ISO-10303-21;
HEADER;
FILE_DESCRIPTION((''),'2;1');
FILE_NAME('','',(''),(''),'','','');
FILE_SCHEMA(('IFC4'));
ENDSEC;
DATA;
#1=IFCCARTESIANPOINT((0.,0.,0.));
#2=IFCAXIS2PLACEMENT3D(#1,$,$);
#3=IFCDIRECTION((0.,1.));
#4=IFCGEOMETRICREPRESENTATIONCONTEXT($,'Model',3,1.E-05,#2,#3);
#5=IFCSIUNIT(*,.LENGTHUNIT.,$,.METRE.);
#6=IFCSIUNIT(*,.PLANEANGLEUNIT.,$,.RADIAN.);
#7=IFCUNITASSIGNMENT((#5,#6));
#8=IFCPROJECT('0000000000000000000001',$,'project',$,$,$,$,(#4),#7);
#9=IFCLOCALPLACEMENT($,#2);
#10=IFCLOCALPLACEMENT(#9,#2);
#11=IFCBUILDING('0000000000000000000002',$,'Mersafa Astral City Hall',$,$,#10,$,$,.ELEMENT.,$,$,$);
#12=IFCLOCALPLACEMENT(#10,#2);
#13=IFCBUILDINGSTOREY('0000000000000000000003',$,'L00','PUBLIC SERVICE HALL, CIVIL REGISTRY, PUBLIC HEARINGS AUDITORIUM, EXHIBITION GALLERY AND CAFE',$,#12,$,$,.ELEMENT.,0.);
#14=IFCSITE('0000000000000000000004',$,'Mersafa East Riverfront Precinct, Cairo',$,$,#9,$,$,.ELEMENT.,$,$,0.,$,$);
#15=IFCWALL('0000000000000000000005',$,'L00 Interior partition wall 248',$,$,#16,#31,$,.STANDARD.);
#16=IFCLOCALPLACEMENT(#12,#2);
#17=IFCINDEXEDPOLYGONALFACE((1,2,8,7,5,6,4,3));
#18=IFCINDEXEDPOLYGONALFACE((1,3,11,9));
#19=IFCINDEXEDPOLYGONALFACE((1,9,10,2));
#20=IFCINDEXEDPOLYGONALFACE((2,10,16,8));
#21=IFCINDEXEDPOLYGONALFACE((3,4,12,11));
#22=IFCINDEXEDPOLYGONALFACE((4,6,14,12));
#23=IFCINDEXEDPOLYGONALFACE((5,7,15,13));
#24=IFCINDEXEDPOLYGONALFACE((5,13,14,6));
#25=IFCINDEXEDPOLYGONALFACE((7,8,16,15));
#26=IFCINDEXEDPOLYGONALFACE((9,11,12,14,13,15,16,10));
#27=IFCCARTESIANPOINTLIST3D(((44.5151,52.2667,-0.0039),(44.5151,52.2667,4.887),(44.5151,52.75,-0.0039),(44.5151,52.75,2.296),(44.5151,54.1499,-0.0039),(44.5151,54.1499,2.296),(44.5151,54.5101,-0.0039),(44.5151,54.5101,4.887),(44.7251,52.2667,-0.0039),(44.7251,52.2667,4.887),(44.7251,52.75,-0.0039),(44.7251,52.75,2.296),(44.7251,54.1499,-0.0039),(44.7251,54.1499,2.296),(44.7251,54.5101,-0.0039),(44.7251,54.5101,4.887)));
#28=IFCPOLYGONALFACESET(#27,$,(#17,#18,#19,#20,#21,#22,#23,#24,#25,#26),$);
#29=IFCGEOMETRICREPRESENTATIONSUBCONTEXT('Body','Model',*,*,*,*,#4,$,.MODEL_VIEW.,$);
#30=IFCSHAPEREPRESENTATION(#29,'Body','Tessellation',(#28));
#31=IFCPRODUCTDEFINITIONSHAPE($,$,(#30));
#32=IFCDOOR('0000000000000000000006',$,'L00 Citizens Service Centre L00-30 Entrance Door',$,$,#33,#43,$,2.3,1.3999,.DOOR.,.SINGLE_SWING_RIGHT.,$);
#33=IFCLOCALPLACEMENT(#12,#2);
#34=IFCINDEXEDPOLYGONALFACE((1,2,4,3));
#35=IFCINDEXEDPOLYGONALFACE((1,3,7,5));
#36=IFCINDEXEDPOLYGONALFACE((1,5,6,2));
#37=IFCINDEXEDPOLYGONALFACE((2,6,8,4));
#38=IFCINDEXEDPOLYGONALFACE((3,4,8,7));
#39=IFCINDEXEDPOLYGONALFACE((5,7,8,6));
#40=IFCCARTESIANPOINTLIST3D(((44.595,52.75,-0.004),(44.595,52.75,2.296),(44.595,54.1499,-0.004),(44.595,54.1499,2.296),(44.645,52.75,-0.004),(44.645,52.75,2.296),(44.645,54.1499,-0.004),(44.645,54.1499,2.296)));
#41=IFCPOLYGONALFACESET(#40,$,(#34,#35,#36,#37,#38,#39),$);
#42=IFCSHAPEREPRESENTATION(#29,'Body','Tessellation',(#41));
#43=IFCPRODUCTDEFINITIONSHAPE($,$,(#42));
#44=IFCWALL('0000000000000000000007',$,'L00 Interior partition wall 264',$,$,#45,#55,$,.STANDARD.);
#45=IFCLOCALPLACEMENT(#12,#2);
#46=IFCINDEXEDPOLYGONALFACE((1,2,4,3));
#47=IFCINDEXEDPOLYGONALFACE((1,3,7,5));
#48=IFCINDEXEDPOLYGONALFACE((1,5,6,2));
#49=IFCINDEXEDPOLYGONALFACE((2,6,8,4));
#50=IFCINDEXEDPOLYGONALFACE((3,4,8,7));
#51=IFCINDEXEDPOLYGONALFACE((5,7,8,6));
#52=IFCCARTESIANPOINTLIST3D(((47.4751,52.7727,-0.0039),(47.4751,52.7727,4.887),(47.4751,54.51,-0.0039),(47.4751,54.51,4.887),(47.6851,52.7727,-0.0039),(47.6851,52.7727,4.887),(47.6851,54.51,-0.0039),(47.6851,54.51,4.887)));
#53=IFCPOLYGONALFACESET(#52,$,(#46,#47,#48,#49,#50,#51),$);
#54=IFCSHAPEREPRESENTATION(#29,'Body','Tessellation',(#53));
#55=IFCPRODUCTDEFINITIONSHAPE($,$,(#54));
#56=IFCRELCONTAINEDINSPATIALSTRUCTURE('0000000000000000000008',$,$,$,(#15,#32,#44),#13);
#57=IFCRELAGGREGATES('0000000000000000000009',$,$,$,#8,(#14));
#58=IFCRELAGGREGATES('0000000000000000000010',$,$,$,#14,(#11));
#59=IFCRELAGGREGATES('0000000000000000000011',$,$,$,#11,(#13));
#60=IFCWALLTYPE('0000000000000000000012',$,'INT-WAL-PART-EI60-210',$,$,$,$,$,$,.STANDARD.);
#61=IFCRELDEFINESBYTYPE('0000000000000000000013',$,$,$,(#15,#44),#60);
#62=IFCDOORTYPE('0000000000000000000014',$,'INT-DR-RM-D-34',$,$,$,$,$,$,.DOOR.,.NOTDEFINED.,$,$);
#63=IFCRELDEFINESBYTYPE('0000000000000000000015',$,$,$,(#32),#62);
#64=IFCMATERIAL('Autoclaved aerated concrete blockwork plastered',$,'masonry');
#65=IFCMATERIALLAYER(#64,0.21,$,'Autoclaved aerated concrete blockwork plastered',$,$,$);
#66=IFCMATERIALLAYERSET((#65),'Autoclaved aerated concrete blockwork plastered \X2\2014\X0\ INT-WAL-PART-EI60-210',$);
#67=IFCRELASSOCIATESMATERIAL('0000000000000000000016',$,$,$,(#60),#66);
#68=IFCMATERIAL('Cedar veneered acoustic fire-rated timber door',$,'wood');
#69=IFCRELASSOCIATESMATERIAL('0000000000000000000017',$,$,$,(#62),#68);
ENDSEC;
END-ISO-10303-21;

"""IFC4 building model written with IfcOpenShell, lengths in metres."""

from ifc_helpers import new_model, si_unit, direction, frame, frame_2d, origin, place, context, subcontext, project, spatial, rectangle, extrude, material, layer, layer_set, type_object, element, fill, save


model = new_model("IFC4")

# Units and contexts
model_context = context("Model", 3, precision=1e-05, world=origin(), true_north=direction((0.0, 1.0)))
body_context = subcontext(model_context, "Body", "Model", "MODEL_VIEW")
ifc_project = project(units=[si_unit("LENGTHUNIT", "METRE"), si_unit("PLANEANGLEUNIT", "RADIAN")], contexts=[model_context])

# Site, building, storey
site_placement = place(None, origin())
site = spatial("IfcSite", under=ifc_project, at=site_placement, Name="Mersafa East Riverfront Precinct, Cairo", CompositionType="ELEMENT", RefElevation=0.0)
building_placement = place(site_placement, origin())
building = spatial("IfcBuilding", under=site, at=building_placement, Name="Mersafa Astral City Hall", CompositionType="ELEMENT")
storey_placement = place(building_placement, origin())
storey = spatial("IfcBuildingStorey", under=building, at=storey_placement, Name="L00", Description="PUBLIC SERVICE HALL, CIVIL REGISTRY, PUBLIC HEARINGS AUDITORIUM, EXHIBITION GALLERY AND CAFE", CompositionType="ELEMENT", Elevation=0.0)

# Shared definitions
ifc_material_1 = material(Name="Autoclaved aerated concrete blockwork plastered", Category="masonry")
ifc_layer_1 = layer(ifc_material_1, 0.21, Name="Autoclaved aerated concrete blockwork plastered")
ifc_layer_set_1 = layer_set([ifc_layer_1], Name="Autoclaved aerated concrete blockwork plastered — INT-WAL-PART-EI60-210")
wall_type_1 = type_object("IfcWallType", Name="INT-WAL-PART-EI60-210", PredefinedType="STANDARD", material=ifc_layer_set_1)

# Wall, opening, door
wall_1_placement = place(storey_placement, frame((44.6201, 54.51, -0.0039), z_axis=(0.0, 0.0, 1.0), x_axis=(0.0, -1.0, 0.0)))
wall_1 = element("IfcWall", 1, at=wall_1_placement, inside=storey, type_object=wall_type_1, Name="L00 Interior partition wall 248", PredefinedType="STANDARD", context=body_context, shape_type="SweptSolid", body=[
    extrude(rectangle(XDim=2.2434, YDim=0.21, at=frame_2d((1.1216, 0.0))), origin(), (0.0, 0.0, 1.0), 4.8909),
])
opening_placement = place(wall_1_placement, frame((0.3601, 0.0, 0.0)))
opening = element("IfcOpeningElement", 2, at=opening_placement, cuts=wall_1, PredefinedType="OPENING", context=body_context, shape_type="SweptSolid", body=[
    extrude(rectangle(XDim=1.3999, YDim=2.3, at=frame_2d((0.7, 1.1499))), frame((0.0, 0.115, 0.0), z_axis=(0.0, -1.0, 0.0), x_axis=(1.0, 0.0, 0.0)), (0.0, 0.0, 1.0), 0.23),
])
ifc_material_2 = material(Name="Cedar veneered acoustic fire-rated timber door", Category="wood")
door_type = type_object("IfcDoorType", Name="INT-DR-RM-D-34", OperationType="NOTDEFINED", PredefinedType="DOOR", material=ifc_material_2)
door_placement = place(opening_placement, origin())
door = element("IfcDoor", 3, at=door_placement, inside=storey, type_object=door_type, Name="L00 Citizens Service Centre L00-30 Entrance Door", OperationType="SINGLE_SWING_RIGHT", OverallHeight=2.3, OverallWidth=1.3999, PredefinedType="DOOR", context=body_context, shape_type="SweptSolid", body=[
    extrude(rectangle(XDim=1.3999, YDim=2.3, at=frame_2d((0.7, 1.1499))), frame((0.0, 0.0249, 0.0), z_axis=(0.0, -1.0, 0.0), x_axis=(1.0, 0.0, 0.0)), (0.0, 0.0, 1.0), 0.05),
])
fill(opening, door)

# Wall
wall_2_placement = place(storey_placement, frame((47.5801, 52.7727, -0.0039), z_axis=(0.0, 0.0, 1.0), x_axis=(0.0, 1.0, 0.0)))
element("IfcWall", 4, at=wall_2_placement, inside=storey, type_object=wall_type_1, Name="L00 Interior partition wall 264", PredefinedType="STANDARD", context=body_context, shape_type="SweptSolid", body=[
    extrude(rectangle(XDim=1.7373, YDim=0.21, at=frame_2d((0.8687, 0.0))), origin(), (0.0, 0.0, 1.0), 4.8909),
])

save(model, "model.ifc")
